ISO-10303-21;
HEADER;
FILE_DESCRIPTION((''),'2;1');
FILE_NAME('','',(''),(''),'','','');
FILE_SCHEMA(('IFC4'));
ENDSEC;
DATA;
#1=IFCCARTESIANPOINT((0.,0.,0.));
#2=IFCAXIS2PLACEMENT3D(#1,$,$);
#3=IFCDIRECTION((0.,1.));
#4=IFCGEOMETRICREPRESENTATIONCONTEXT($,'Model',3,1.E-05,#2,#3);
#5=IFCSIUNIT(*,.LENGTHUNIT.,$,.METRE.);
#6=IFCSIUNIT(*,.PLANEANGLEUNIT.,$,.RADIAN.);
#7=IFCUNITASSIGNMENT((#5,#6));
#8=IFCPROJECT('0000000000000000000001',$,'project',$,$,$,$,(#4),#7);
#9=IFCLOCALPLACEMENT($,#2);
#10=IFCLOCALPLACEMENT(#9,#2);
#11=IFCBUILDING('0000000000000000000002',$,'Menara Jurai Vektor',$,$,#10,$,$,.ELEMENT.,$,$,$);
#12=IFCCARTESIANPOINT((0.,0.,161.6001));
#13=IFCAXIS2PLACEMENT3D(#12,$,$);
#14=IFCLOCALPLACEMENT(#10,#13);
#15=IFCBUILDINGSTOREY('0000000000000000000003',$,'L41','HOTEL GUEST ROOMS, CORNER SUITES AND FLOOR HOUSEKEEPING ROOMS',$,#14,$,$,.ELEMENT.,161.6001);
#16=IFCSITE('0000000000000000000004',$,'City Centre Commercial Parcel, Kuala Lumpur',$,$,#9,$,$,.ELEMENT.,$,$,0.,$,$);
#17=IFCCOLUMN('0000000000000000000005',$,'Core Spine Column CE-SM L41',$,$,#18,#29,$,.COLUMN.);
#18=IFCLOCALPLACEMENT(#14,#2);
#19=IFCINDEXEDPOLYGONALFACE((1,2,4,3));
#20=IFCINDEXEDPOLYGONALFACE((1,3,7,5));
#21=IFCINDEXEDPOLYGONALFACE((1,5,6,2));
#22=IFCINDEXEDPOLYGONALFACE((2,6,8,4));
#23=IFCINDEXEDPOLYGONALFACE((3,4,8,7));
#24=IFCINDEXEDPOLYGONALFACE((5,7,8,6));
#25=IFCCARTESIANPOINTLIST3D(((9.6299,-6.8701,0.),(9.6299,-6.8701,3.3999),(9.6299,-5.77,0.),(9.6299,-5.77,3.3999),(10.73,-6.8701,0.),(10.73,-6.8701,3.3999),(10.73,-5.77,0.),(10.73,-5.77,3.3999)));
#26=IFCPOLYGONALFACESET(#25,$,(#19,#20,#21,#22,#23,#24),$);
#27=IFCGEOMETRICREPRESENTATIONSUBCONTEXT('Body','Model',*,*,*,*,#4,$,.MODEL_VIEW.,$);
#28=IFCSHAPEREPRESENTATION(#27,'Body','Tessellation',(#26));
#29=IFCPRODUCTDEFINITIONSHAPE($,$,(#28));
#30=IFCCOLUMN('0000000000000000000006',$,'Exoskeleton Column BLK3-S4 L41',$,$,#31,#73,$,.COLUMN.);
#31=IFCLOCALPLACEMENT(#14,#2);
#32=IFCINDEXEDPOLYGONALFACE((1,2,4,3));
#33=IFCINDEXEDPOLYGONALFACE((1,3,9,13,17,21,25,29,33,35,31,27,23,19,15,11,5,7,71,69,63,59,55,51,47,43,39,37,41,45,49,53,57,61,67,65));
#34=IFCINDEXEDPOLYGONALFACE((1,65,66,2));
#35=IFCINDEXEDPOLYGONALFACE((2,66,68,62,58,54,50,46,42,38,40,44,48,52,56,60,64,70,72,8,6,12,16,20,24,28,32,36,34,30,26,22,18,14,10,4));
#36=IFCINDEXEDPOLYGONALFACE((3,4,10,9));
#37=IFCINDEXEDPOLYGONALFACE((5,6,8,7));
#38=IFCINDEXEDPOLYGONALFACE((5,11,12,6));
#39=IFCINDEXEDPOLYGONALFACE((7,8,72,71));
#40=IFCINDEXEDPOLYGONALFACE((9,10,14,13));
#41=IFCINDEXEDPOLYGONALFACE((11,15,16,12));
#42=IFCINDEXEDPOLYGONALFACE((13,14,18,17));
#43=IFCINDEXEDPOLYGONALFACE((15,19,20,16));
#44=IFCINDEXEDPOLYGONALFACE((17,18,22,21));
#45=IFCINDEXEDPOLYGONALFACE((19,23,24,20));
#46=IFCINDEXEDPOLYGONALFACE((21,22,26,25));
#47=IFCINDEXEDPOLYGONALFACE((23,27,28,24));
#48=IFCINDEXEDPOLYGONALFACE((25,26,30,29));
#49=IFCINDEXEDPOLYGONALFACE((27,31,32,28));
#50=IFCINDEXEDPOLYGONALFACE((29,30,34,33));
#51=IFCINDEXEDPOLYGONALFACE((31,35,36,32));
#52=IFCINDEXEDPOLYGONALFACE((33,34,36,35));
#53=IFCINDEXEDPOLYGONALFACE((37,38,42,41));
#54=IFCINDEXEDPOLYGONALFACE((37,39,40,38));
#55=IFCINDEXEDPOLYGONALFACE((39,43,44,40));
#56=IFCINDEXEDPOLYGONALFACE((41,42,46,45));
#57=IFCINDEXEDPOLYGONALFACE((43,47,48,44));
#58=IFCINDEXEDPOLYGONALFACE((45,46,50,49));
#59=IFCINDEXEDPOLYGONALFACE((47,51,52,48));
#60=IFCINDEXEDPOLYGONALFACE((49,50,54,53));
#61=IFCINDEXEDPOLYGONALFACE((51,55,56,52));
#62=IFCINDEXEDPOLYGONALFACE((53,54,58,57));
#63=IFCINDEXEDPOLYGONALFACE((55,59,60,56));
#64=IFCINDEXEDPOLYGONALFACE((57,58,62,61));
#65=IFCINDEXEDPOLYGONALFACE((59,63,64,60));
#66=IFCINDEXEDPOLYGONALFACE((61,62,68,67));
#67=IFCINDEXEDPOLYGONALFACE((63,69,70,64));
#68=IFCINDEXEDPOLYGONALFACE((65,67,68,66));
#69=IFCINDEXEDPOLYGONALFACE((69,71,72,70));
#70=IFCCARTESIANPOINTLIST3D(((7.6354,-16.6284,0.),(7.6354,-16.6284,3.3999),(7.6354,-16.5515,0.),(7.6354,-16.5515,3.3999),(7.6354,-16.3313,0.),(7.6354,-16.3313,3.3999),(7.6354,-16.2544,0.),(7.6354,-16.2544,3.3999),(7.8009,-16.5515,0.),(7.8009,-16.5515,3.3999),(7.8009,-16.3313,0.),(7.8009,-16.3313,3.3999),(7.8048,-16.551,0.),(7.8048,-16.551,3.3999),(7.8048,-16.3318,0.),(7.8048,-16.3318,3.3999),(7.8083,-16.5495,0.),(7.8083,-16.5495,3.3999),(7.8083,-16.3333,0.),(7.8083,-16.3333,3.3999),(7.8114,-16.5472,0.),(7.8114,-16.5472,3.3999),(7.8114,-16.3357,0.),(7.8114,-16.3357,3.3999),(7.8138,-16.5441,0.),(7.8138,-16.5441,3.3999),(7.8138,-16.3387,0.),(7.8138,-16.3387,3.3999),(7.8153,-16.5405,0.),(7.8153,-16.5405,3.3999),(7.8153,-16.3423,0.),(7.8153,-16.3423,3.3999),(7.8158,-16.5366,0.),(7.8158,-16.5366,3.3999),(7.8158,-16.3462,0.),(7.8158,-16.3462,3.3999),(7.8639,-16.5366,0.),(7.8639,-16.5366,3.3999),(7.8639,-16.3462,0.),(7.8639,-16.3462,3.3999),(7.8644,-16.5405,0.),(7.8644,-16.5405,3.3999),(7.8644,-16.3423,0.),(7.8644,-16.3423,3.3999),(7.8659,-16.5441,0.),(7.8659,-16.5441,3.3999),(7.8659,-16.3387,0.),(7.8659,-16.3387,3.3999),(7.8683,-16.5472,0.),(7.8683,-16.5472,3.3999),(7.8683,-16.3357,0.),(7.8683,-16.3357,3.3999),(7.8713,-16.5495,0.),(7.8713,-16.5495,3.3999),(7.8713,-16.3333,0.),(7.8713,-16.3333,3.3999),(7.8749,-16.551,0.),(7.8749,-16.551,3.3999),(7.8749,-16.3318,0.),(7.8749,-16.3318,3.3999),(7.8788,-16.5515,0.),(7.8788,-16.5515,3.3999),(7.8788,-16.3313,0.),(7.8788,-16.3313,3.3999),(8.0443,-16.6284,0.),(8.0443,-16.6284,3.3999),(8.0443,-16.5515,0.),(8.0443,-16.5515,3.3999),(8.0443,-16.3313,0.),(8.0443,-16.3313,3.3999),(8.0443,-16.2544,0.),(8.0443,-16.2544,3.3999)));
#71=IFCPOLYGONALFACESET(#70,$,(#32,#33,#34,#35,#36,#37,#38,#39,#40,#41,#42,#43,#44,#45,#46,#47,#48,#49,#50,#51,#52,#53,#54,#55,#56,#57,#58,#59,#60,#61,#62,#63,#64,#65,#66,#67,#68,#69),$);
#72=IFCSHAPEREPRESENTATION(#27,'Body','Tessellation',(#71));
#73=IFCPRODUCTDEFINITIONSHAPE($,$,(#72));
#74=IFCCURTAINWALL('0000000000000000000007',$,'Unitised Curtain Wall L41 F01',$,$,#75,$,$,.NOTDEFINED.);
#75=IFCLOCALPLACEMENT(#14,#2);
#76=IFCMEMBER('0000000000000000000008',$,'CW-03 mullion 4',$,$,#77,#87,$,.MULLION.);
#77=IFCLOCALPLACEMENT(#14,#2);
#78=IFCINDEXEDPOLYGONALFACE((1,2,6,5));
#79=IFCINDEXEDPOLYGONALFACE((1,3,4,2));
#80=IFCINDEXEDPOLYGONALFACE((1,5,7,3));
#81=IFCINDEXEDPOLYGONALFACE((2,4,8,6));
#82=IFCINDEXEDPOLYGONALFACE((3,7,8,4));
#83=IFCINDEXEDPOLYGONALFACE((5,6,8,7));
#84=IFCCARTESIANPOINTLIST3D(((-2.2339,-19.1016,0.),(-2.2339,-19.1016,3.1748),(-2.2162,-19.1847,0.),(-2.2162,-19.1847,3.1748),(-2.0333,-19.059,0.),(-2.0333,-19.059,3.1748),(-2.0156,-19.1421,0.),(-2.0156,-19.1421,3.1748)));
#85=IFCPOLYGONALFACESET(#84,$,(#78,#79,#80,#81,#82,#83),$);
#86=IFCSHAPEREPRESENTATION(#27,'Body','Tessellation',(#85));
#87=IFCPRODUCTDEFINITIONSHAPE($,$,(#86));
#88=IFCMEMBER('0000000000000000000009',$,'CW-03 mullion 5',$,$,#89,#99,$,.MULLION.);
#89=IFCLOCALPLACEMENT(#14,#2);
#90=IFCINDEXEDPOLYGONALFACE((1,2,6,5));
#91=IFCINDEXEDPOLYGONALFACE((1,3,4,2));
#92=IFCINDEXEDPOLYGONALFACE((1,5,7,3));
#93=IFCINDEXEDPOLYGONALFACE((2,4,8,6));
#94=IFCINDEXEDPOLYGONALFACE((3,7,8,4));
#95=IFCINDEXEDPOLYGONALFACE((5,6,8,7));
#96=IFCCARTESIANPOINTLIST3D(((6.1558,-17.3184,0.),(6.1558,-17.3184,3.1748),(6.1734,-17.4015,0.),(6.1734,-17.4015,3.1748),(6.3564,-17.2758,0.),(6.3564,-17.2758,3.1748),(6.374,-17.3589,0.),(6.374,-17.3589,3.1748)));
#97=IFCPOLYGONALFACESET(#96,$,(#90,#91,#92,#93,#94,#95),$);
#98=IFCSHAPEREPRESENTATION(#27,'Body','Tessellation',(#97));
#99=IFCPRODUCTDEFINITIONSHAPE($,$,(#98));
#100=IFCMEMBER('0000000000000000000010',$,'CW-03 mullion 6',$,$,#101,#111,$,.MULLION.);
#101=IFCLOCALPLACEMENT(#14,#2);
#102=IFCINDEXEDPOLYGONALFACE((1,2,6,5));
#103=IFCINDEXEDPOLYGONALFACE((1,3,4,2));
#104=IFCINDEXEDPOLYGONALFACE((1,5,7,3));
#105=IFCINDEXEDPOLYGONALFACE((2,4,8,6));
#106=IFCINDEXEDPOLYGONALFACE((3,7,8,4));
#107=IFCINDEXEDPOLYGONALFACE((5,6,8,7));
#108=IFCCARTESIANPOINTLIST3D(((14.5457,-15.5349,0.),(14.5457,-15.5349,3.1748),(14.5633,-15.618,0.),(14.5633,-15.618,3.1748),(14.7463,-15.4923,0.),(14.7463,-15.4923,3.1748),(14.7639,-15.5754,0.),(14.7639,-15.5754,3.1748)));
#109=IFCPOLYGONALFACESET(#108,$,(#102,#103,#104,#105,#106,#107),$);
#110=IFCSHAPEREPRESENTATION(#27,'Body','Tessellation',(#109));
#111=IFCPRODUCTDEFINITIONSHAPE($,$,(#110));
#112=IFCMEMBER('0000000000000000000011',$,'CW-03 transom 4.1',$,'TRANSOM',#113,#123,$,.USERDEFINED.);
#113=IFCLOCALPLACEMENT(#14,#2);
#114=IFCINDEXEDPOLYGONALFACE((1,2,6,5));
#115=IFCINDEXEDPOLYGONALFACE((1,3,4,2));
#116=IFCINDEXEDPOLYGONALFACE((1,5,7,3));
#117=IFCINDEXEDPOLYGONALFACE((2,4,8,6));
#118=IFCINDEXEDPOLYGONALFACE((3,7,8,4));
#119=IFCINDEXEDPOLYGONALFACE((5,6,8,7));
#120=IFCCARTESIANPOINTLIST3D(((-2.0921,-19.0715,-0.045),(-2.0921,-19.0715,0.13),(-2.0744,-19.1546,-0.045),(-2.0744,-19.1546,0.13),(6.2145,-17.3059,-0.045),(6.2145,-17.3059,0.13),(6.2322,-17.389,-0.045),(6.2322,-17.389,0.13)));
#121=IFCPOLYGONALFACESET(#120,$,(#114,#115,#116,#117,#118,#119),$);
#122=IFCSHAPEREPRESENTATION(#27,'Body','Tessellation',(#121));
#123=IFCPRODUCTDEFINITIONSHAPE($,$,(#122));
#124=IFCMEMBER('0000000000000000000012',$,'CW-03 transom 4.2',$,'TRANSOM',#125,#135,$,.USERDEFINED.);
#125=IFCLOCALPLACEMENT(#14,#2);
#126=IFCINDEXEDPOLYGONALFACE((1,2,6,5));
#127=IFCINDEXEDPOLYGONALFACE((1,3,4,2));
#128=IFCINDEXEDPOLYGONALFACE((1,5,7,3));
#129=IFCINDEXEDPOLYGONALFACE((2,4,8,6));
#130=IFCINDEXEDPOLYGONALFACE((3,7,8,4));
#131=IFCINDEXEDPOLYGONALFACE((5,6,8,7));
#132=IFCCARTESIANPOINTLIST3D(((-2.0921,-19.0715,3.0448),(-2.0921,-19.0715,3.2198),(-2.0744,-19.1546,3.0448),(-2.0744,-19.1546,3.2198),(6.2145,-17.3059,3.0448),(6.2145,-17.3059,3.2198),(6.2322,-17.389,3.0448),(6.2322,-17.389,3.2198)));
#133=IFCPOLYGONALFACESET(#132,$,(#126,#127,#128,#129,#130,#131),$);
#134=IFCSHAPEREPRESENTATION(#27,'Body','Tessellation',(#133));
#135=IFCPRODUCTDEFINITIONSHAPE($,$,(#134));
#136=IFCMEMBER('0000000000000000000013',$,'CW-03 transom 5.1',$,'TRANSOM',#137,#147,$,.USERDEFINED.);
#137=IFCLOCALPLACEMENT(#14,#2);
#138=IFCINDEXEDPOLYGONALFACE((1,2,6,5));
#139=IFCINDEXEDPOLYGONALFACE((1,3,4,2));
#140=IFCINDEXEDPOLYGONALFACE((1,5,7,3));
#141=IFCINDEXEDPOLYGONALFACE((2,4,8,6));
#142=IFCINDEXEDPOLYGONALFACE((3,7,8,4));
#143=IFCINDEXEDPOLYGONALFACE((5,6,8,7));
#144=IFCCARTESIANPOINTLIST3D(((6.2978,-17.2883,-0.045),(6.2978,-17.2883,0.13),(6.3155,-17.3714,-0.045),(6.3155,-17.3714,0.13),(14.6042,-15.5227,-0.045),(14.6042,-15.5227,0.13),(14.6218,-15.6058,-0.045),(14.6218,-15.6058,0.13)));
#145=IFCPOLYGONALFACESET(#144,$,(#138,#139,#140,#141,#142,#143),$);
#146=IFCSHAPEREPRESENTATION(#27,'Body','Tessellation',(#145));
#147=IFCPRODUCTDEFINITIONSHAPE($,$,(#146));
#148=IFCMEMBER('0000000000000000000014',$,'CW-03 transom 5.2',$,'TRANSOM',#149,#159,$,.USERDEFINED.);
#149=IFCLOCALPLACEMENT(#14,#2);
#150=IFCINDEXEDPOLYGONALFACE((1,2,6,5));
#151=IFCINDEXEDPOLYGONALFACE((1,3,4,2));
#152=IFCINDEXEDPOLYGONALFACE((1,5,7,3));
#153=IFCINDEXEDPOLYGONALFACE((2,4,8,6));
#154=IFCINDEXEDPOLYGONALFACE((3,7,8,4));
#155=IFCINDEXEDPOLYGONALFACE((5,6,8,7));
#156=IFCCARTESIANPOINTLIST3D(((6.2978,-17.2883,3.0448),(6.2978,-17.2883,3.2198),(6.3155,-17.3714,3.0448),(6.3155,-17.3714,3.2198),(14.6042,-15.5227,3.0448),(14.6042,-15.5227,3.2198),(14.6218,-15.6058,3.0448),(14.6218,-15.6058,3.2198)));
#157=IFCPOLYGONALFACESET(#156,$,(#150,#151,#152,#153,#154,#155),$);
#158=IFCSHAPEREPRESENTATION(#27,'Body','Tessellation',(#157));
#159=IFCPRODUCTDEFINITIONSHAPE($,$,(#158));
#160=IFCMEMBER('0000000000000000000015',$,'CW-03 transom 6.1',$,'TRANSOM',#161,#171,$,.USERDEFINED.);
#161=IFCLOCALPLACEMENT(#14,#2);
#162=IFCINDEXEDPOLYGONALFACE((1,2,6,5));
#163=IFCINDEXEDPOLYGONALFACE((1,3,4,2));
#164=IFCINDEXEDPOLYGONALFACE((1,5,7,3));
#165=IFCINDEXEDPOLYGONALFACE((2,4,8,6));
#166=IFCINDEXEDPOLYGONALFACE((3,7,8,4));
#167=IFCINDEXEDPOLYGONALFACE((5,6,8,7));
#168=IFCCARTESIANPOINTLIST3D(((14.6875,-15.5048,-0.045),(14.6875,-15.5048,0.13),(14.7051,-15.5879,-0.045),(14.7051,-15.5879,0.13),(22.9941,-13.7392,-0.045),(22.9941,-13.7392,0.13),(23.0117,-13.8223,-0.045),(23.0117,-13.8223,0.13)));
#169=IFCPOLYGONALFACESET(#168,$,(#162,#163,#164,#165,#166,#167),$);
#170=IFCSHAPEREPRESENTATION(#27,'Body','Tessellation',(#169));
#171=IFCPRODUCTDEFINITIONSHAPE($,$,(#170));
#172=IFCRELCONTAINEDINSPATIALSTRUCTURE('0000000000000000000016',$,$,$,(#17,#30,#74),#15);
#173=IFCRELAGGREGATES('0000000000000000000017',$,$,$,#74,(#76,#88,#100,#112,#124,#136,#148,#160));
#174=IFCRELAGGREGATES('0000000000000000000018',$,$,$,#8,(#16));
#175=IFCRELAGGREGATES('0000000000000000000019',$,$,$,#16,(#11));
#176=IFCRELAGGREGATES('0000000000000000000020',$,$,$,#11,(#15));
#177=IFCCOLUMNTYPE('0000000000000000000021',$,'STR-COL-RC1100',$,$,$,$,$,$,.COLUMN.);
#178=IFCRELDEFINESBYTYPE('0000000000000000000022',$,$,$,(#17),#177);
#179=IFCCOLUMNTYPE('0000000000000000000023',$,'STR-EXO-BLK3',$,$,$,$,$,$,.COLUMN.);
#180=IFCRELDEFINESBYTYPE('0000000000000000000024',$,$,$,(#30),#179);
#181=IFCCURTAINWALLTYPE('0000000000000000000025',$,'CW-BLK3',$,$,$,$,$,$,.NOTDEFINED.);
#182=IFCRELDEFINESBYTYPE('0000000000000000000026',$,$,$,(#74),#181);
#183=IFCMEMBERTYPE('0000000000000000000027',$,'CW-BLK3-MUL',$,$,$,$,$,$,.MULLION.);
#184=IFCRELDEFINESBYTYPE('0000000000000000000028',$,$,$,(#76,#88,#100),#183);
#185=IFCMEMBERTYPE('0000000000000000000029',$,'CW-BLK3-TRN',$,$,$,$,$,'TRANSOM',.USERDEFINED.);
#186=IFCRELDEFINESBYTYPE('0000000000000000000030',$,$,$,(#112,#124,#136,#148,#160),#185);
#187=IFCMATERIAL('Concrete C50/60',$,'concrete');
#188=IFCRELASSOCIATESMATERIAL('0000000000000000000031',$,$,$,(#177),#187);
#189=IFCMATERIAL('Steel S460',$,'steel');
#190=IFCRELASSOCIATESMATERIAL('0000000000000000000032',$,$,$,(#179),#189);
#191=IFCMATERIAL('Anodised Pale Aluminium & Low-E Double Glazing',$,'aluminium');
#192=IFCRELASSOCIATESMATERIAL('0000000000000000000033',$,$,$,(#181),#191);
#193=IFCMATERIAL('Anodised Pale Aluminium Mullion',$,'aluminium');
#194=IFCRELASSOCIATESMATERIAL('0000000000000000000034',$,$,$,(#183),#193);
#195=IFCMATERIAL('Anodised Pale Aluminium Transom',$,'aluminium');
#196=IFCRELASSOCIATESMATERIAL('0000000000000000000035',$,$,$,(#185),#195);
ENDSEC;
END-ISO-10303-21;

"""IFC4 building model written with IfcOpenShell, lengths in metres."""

from ifc_helpers import new_model, si_unit, direction, frame, origin, origin_2d, place, context, subcontext, project, spatial, rectangle, i_section, extrude, material, material_profile, profile_set, type_object, element, aggregate, save


model = new_model("IFC4")

# Units and contexts
model_context = context("Model", 3, precision=1e-05, world=origin(), true_north=direction((0.0, 1.0)))
body_context = subcontext(model_context, "Body", "Model", "MODEL_VIEW")
ifc_project = project(units=[si_unit("LENGTHUNIT", "METRE"), si_unit("PLANEANGLEUNIT", "RADIAN")], contexts=[model_context])

# Site, building, storey
site_placement = place(None, origin())
site = spatial("IfcSite", under=ifc_project, at=site_placement, Name="City Centre Commercial Parcel, Kuala Lumpur", CompositionType="ELEMENT", RefElevation=0.0)
building_placement = place(site_placement, origin())
building = spatial("IfcBuilding", under=site, at=building_placement, Name="Menara Jurai Vektor", CompositionType="ELEMENT")
storey_placement = place(building_placement, frame((0.0, 0.0, 161.6001)))
storey = spatial("IfcBuildingStorey", under=building, at=storey_placement, Name="L41", Description="HOTEL GUEST ROOMS, CORNER SUITES AND FLOOR HOUSEKEEPING ROOMS", CompositionType="ELEMENT", Elevation=161.6001)

# Columns
ifc_material_1 = material(Name="Concrete C50/60", Category="concrete")
ifc_material_profile_1 = material_profile(ifc_material_1, rectangle(XDim=1.1001, YDim=1.1001, at=origin_2d()), Name="RC 1100x1100")
ifc_profile_set_1 = profile_set([ifc_material_profile_1], Name="Concrete C50/60")
column_type_1 = type_object("IfcColumnType", Name="STR-COL-RC1100", PredefinedType="COLUMN", material=ifc_profile_set_1)
column_1_placement = place(storey_placement, frame((10.1799, -6.3201, 0.0), z_axis=(0.0, 0.0, 1.0), x_axis=(1.0, 0.0, 0.0)))
element("IfcColumn", 1, at=column_1_placement, inside=storey, type_object=column_type_1, Name="Core Spine Column CE-SM L41", PredefinedType="COLUMN", context=body_context, shape_type="SweptSolid", body=[
    extrude(rectangle(XDim=1.1001, YDim=1.1001, at=origin_2d()), origin(), (0.0, 0.0, 1.0), 3.3999),
])
ifc_material_2 = material(Name="Steel S460", Category="steel")
ifc_material_profile_2 = material_profile(ifc_material_2, i_section(OverallWidth=0.4089, OverallDepth=0.374, WebThickness=0.0481, FlangeThickness=0.0769, FilletRadius=0.0149, at=origin_2d()), Name="HD 400x634")
ifc_profile_set_2 = profile_set([ifc_material_profile_2], Name="Steel S460")
column_type_2 = type_object("IfcColumnType", Name="STR-EXO-BLK3", PredefinedType="COLUMN", material=ifc_profile_set_2)
column_2_placement = place(storey_placement, frame((7.8398, -16.4414, 0.0), z_axis=(0.0, 0.0, 1.0), x_axis=(1.0, 0.0, 0.0)))
element("IfcColumn", 2, at=column_2_placement, inside=storey, type_object=column_type_2, Name="Exoskeleton Column BLK3-S4 L41", PredefinedType="COLUMN", context=body_context, shape_type="SweptSolid", body=[
    extrude(i_section(OverallWidth=0.4089, OverallDepth=0.374, WebThickness=0.0481, FlangeThickness=0.0769, FilletRadius=0.0149, at=origin_2d()), origin(), (0.0, 0.0, 1.0), 3.3999),
])

# Curtain wall, members
ifc_material_3 = material(Name="Anodised Pale Aluminium & Low-E Double Glazing", Category="aluminium")
curtain_wall_type = type_object("IfcCurtainWallType", Name="CW-BLK3", PredefinedType="NOTDEFINED", material=ifc_material_3)
curtain_wall_placement = place(storey_placement, origin())
curtain_wall = element("IfcCurtainWall", 3, at=curtain_wall_placement, inside=storey, type_object=curtain_wall_type, Name="Unitised Curtain Wall L41 F01", PredefinedType="NOTDEFINED")
ifc_material_4 = material(Name="Anodised Pale Aluminium Mullion", Category="aluminium")
ifc_material_profile_3 = material_profile(ifc_material_4, rectangle(XDim=0.085, YDim=0.2051, at=origin_2d()), Name="ALU MUL 85x205")
ifc_profile_set_3 = profile_set([ifc_material_profile_3], Name="Anodised Pale Aluminium Mullion")
member_type_1 = type_object("IfcMemberType", Name="CW-BLK3-MUL", PredefinedType="MULLION", material=ifc_profile_set_3)
member_1_placement = place(storey_placement, frame((-2.1248, -19.1218, 0.0), z_axis=(0.0, 0.0, 1.0), x_axis=(-0.207911, 0.978148, 0.0)))
member_1 = element("IfcMember", 4, at=member_1_placement, type_object=member_type_1, Name="CW-03 mullion 4", PredefinedType="MULLION", context=body_context, shape_type="SweptSolid", body=[
    extrude(rectangle(XDim=0.085, YDim=0.2051, at=origin_2d()), origin(), (0.0, 0.0, 1.0), 3.1748),
])
member_2_placement = place(storey_placement, frame((6.2649, -17.3386, 0.0), z_axis=(0.0, 0.0, 1.0), x_axis=(-0.207911, 0.978148, 0.0)))
member_2 = element("IfcMember", 5, at=member_2_placement, type_object=member_type_1, Name="CW-03 mullion 5", PredefinedType="MULLION", context=body_context, shape_type="SweptSolid", body=[
    extrude(rectangle(XDim=0.085, YDim=0.2051, at=origin_2d()), origin(), (0.0, 0.0, 1.0), 3.1748),
])
member_3_placement = place(storey_placement, frame((14.6548, -15.5552, 0.0), z_axis=(0.0, 0.0, 1.0), x_axis=(-0.207911, 0.978148, 0.0)))
member_3 = element("IfcMember", 6, at=member_3_placement, type_object=member_type_1, Name="CW-03 mullion 6", PredefinedType="MULLION", context=body_context, shape_type="SweptSolid", body=[
    extrude(rectangle(XDim=0.085, YDim=0.2051, at=origin_2d()), origin(), (0.0, 0.0, 1.0), 3.1748),
])
ifc_material_5 = material(Name="Anodised Pale Aluminium Transom", Category="aluminium")
ifc_material_profile_4 = material_profile(ifc_material_5, rectangle(XDim=0.085, YDim=0.175, at=origin_2d()), Name="ALU TRN 85x175")
ifc_profile_set_4 = profile_set([ifc_material_profile_4], Name="Anodised Pale Aluminium Transom")
member_type_2 = type_object("IfcMemberType", Name="CW-BLK3-TRN", ElementType="TRANSOM", PredefinedType="USERDEFINED", material=ifc_profile_set_4)
member_4_placement = place(storey_placement, frame((-2.0833, -19.113, 0.0425), z_axis=(0.978148, 0.207911, 0.0), x_axis=(-0.207911, 0.978148, 0.0)))
member_4 = element("IfcMember", 7, at=member_4_placement, type_object=member_type_2, Name="CW-03 transom 4.1", ObjectType="TRANSOM", PredefinedType="USERDEFINED", context=body_context, shape_type="SweptSolid", body=[
    extrude(rectangle(XDim=0.085, YDim=0.175, at=origin_2d()), origin(), (0.0, 0.0, 1.0), 8.4922),
])
member_5_placement = place(storey_placement, frame((-2.0833, -19.113, 3.1323), z_axis=(0.978148, 0.207911, 0.0), x_axis=(-0.207911, 0.978148, 0.0)))
member_5 = element("IfcMember", 8, at=member_5_placement, type_object=member_type_2, Name="CW-03 transom 4.2", ObjectType="TRANSOM", PredefinedType="USERDEFINED", context=body_context, shape_type="SweptSolid", body=[
    extrude(rectangle(XDim=0.085, YDim=0.175, at=origin_2d()), origin(), (0.0, 0.0, 1.0), 8.4922),
])
member_6_placement = place(storey_placement, frame((6.3066, -17.3298, 0.0425), z_axis=(0.978147, 0.207917, 0.0), x_axis=(-0.207917, 0.978147, 0.0)))
member_6 = element("IfcMember", 9, at=member_6_placement, type_object=member_type_2, Name="CW-03 transom 5.1", ObjectType="TRANSOM", PredefinedType="USERDEFINED", context=body_context, shape_type="SweptSolid", body=[
    extrude(rectangle(XDim=0.085, YDim=0.175, at=origin_2d()), origin(), (0.0, 0.0, 1.0), 8.4919),
])
member_7_placement = place(storey_placement, frame((6.3066, -17.3298, 3.1323), z_axis=(0.978147, 0.207917, 0.0), x_axis=(-0.207917, 0.978147, 0.0)))
member_7 = element("IfcMember", 10, at=member_7_placement, type_object=member_type_2, Name="CW-03 transom 5.2", ObjectType="TRANSOM", PredefinedType="USERDEFINED", context=body_context, shape_type="SweptSolid", body=[
    extrude(rectangle(XDim=0.085, YDim=0.175, at=origin_2d()), origin(), (0.0, 0.0, 1.0), 8.4919),
])
member_8_placement = place(storey_placement, frame((14.6963, -15.5464, 0.0425), z_axis=(0.978148, 0.207911, 0.0), x_axis=(-0.207911, 0.978148, 0.0)))
member_8 = element("IfcMember", 11, at=member_8_placement, type_object=member_type_2, Name="CW-03 transom 6.1", ObjectType="TRANSOM", PredefinedType="USERDEFINED", context=body_context, shape_type="SweptSolid", body=[
    extrude(rectangle(XDim=0.085, YDim=0.175, at=origin_2d()), origin(), (0.0, 0.0, 1.0), 8.4922),
])

aggregate(curtain_wall, [member_1, member_2, member_3, member_4, member_5, member_6, member_7, member_8])

save(model, "model.ifc")
